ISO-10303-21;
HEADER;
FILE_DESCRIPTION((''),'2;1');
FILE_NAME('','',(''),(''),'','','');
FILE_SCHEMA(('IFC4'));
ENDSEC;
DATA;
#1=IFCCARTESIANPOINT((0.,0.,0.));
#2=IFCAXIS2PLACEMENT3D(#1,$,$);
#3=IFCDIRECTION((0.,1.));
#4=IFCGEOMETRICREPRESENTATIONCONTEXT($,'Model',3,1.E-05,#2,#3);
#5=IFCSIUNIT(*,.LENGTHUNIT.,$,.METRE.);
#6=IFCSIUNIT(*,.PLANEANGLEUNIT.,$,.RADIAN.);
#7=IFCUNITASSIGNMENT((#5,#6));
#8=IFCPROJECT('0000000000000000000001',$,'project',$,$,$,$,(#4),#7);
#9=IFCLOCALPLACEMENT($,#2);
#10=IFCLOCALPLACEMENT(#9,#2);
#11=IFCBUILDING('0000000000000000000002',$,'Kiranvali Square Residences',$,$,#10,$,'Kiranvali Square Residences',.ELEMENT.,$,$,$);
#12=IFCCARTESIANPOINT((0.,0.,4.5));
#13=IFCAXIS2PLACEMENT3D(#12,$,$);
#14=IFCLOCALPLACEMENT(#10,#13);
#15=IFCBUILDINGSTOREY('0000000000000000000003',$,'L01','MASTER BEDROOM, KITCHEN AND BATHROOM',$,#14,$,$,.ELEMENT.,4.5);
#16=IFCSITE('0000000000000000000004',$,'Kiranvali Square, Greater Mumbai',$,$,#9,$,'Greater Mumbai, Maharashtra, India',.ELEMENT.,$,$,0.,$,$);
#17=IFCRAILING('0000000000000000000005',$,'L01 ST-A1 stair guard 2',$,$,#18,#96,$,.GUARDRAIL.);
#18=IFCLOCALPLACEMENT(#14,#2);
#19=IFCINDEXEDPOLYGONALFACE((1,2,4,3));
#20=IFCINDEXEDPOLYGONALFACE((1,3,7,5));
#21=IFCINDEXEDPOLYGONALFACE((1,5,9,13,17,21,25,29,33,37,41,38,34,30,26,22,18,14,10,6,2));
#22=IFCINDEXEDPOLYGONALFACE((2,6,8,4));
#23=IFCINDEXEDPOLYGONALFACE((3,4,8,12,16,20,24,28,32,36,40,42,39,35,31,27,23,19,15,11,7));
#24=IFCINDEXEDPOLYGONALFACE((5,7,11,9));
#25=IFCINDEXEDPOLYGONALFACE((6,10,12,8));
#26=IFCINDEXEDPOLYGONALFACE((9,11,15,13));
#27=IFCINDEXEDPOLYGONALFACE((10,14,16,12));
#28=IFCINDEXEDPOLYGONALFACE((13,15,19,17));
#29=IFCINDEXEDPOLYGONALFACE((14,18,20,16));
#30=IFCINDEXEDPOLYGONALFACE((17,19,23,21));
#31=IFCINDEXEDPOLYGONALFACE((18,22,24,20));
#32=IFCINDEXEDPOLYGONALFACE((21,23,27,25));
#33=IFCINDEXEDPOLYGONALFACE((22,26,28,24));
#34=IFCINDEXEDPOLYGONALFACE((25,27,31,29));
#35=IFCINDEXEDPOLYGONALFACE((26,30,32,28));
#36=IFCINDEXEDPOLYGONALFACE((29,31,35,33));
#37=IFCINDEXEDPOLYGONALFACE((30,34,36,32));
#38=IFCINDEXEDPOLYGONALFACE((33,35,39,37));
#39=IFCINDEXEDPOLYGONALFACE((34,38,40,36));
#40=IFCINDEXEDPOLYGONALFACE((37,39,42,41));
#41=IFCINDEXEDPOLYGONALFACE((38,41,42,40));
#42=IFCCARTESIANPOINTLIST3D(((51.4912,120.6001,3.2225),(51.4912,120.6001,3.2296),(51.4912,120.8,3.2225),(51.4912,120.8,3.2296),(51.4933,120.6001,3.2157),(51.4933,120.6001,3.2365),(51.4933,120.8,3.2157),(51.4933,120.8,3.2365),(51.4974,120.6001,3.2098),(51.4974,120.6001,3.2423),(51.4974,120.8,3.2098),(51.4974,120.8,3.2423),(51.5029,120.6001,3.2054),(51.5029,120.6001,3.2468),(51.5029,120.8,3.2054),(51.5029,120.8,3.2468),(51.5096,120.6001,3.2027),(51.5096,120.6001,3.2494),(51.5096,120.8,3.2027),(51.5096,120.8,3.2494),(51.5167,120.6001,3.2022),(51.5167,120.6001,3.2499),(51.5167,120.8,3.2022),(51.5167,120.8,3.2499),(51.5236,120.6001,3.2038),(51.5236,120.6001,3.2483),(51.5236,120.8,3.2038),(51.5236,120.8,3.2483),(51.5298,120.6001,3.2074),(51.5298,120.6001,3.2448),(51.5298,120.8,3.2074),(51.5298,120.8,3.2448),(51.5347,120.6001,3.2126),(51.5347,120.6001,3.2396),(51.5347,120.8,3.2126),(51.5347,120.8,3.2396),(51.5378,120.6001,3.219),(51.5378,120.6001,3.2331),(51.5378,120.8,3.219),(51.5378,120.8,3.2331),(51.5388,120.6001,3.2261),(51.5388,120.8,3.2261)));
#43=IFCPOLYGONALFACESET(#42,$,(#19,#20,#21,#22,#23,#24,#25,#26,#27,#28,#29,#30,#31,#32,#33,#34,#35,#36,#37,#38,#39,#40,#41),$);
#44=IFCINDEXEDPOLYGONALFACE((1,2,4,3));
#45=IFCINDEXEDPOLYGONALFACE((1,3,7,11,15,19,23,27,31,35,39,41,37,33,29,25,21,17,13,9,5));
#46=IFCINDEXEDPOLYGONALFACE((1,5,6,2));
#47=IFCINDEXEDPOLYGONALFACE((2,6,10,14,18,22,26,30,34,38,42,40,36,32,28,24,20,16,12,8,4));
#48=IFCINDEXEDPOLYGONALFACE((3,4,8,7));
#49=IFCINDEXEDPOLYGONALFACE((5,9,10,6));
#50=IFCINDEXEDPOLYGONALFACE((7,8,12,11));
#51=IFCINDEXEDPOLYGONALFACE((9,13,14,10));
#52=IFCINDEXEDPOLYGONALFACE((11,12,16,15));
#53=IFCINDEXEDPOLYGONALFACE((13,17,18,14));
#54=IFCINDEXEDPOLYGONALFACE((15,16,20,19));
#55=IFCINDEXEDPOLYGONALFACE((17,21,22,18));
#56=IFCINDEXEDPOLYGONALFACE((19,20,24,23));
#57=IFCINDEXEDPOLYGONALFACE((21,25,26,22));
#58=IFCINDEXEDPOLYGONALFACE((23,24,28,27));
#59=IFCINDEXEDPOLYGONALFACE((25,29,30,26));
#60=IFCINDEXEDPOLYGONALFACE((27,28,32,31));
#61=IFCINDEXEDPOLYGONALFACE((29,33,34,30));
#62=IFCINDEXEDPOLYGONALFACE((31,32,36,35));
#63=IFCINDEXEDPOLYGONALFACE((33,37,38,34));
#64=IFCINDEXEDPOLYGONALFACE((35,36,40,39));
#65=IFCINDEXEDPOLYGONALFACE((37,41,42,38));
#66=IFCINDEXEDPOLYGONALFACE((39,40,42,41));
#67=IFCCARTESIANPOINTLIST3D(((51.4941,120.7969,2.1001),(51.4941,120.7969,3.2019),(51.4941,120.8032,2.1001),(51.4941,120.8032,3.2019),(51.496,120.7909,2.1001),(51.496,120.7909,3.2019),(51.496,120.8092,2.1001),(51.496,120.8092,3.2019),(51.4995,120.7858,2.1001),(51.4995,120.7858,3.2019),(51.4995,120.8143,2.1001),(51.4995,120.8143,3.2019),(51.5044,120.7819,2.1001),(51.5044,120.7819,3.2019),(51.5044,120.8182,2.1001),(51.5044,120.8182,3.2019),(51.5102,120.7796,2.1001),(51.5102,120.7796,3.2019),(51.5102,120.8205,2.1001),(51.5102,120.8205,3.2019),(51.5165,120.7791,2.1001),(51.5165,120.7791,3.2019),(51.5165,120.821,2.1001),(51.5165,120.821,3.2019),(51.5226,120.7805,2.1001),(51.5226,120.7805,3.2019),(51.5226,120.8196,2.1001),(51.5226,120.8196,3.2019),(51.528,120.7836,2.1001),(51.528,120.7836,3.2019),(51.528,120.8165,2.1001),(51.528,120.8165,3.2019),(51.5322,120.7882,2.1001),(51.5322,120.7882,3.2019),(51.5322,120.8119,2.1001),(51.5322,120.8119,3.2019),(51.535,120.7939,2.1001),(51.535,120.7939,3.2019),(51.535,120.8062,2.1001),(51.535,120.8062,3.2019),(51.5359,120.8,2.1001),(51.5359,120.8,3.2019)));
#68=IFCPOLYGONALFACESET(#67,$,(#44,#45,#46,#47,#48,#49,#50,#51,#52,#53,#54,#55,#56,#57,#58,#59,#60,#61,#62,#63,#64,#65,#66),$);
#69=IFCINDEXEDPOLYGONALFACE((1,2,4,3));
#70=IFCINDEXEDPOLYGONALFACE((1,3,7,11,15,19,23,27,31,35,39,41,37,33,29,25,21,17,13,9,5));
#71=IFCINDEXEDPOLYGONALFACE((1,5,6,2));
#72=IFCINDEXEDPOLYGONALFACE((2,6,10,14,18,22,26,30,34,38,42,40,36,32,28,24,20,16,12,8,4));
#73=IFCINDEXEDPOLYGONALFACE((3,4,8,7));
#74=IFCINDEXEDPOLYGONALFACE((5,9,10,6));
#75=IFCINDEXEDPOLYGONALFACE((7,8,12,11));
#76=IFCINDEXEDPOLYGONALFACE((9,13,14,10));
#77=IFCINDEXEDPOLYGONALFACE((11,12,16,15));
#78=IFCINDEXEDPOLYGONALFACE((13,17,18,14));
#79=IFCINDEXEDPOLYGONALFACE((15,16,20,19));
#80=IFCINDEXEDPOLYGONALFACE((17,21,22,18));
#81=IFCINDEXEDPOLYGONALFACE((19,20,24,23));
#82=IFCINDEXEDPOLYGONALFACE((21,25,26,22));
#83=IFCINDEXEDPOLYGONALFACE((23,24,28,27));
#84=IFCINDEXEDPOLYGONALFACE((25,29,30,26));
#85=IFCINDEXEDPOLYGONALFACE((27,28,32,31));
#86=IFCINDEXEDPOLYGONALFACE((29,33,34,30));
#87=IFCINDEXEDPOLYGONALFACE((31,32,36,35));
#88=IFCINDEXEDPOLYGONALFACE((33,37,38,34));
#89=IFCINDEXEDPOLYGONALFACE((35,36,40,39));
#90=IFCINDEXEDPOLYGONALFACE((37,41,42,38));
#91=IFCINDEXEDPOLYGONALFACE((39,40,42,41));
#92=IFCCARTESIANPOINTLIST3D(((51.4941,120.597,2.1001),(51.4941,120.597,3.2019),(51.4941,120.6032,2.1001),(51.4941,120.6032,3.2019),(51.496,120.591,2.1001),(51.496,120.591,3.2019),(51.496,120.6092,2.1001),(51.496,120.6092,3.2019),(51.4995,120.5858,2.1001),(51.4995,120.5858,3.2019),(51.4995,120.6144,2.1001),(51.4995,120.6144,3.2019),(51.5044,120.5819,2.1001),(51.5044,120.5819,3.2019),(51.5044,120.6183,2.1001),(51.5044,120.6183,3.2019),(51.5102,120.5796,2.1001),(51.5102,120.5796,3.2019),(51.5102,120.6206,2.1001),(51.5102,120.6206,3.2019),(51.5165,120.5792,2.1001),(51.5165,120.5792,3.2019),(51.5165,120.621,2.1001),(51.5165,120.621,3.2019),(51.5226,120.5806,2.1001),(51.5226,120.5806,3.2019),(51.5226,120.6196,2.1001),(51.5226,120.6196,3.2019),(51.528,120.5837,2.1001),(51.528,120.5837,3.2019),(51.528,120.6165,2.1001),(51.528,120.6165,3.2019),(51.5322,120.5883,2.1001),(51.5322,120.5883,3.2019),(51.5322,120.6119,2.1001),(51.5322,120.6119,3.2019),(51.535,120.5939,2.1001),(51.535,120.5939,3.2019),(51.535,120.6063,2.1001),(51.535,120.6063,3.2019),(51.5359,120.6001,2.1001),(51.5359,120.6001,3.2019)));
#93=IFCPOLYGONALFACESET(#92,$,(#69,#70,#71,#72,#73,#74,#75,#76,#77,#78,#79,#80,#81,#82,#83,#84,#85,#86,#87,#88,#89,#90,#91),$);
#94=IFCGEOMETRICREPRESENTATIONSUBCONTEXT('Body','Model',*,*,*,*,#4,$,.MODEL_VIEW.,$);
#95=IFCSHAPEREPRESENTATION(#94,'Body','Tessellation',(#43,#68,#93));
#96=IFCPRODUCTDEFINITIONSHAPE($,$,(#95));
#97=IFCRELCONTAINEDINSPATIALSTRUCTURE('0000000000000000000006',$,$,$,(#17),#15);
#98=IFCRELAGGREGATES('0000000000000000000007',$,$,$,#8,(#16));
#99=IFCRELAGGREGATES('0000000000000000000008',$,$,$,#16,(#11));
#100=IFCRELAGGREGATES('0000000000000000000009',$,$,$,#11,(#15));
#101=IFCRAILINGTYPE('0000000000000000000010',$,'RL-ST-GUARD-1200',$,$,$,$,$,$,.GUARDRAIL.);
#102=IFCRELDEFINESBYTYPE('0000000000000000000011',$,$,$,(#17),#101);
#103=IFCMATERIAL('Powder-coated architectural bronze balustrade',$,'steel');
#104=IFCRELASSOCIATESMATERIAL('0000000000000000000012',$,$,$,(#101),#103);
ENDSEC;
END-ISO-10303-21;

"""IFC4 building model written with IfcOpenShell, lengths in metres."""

from ifc_helpers import new_model, si_unit, direction, frame, origin, origin_2d, place, context, subcontext, project, spatial, circle, extrude, material, type_object, element, save


model = new_model("IFC4")

# Units and contexts
model_context = context("Model", 3, precision=1e-05, world=origin(), true_north=direction((0.0, 1.0)))
body_context = subcontext(model_context, "Body", "Model", "MODEL_VIEW")
ifc_project = project(units=[si_unit("LENGTHUNIT", "METRE"), si_unit("PLANEANGLEUNIT", "RADIAN")], contexts=[model_context])

# Site, building, storey
site_placement = place(None, origin())
site = spatial("IfcSite", under=ifc_project, at=site_placement, Name="Kiranvali Square, Greater Mumbai", LongName="Greater Mumbai, Maharashtra, India", CompositionType="ELEMENT", RefElevation=0.0)
building_placement = place(site_placement, origin())
building = spatial("IfcBuilding", under=site, at=building_placement, Name="Kiranvali Square Residences", LongName="Kiranvali Square Residences", CompositionType="ELEMENT")
storey_placement = place(building_placement, frame((0.0, 0.0, 4.5)))
storey = spatial("IfcBuildingStorey", under=building, at=storey_placement, Name="L01", Description="MASTER BEDROOM, KITCHEN AND BATHROOM", CompositionType="ELEMENT", Elevation=4.5)

# Railing
ifc_material_1 = material(Name="Powder-coated architectural bronze balustrade", Category="steel")
railing_type_1 = type_object("IfcRailingType", Name="RL-ST-GUARD-1200", PredefinedType="GUARDRAIL", material=ifc_material_1)
railing_1_placement = place(storey_placement, frame((51.5149, 120.8, 2.1001)))
element("IfcRailing", 1, at=railing_1_placement, inside=storey, type_object=railing_type_1, Name="L01 ST-A1 stair guard 2", PredefinedType="GUARDRAIL", context=body_context, shape_type="SweptSolid", body=[
    extrude(circle(Radius=0.0239, at=origin_2d()), frame((0.0, 0.0, 1.126), z_axis=(0.0, -1.0, 0.0), x_axis=(1.0, 0.0, 0.0)), (0.0, 0.0, 1.0), 0.2),
    extrude(circle(Radius=0.021, at=origin_2d()), origin(), (0.0, 0.0, 1.0), 1.1018),
    extrude(circle(Radius=0.021, at=origin_2d()), frame((0.0, -0.2, 0.0)), (0.0, 0.0, 1.0), 1.1018),
])

save(model, "model.ifc")
